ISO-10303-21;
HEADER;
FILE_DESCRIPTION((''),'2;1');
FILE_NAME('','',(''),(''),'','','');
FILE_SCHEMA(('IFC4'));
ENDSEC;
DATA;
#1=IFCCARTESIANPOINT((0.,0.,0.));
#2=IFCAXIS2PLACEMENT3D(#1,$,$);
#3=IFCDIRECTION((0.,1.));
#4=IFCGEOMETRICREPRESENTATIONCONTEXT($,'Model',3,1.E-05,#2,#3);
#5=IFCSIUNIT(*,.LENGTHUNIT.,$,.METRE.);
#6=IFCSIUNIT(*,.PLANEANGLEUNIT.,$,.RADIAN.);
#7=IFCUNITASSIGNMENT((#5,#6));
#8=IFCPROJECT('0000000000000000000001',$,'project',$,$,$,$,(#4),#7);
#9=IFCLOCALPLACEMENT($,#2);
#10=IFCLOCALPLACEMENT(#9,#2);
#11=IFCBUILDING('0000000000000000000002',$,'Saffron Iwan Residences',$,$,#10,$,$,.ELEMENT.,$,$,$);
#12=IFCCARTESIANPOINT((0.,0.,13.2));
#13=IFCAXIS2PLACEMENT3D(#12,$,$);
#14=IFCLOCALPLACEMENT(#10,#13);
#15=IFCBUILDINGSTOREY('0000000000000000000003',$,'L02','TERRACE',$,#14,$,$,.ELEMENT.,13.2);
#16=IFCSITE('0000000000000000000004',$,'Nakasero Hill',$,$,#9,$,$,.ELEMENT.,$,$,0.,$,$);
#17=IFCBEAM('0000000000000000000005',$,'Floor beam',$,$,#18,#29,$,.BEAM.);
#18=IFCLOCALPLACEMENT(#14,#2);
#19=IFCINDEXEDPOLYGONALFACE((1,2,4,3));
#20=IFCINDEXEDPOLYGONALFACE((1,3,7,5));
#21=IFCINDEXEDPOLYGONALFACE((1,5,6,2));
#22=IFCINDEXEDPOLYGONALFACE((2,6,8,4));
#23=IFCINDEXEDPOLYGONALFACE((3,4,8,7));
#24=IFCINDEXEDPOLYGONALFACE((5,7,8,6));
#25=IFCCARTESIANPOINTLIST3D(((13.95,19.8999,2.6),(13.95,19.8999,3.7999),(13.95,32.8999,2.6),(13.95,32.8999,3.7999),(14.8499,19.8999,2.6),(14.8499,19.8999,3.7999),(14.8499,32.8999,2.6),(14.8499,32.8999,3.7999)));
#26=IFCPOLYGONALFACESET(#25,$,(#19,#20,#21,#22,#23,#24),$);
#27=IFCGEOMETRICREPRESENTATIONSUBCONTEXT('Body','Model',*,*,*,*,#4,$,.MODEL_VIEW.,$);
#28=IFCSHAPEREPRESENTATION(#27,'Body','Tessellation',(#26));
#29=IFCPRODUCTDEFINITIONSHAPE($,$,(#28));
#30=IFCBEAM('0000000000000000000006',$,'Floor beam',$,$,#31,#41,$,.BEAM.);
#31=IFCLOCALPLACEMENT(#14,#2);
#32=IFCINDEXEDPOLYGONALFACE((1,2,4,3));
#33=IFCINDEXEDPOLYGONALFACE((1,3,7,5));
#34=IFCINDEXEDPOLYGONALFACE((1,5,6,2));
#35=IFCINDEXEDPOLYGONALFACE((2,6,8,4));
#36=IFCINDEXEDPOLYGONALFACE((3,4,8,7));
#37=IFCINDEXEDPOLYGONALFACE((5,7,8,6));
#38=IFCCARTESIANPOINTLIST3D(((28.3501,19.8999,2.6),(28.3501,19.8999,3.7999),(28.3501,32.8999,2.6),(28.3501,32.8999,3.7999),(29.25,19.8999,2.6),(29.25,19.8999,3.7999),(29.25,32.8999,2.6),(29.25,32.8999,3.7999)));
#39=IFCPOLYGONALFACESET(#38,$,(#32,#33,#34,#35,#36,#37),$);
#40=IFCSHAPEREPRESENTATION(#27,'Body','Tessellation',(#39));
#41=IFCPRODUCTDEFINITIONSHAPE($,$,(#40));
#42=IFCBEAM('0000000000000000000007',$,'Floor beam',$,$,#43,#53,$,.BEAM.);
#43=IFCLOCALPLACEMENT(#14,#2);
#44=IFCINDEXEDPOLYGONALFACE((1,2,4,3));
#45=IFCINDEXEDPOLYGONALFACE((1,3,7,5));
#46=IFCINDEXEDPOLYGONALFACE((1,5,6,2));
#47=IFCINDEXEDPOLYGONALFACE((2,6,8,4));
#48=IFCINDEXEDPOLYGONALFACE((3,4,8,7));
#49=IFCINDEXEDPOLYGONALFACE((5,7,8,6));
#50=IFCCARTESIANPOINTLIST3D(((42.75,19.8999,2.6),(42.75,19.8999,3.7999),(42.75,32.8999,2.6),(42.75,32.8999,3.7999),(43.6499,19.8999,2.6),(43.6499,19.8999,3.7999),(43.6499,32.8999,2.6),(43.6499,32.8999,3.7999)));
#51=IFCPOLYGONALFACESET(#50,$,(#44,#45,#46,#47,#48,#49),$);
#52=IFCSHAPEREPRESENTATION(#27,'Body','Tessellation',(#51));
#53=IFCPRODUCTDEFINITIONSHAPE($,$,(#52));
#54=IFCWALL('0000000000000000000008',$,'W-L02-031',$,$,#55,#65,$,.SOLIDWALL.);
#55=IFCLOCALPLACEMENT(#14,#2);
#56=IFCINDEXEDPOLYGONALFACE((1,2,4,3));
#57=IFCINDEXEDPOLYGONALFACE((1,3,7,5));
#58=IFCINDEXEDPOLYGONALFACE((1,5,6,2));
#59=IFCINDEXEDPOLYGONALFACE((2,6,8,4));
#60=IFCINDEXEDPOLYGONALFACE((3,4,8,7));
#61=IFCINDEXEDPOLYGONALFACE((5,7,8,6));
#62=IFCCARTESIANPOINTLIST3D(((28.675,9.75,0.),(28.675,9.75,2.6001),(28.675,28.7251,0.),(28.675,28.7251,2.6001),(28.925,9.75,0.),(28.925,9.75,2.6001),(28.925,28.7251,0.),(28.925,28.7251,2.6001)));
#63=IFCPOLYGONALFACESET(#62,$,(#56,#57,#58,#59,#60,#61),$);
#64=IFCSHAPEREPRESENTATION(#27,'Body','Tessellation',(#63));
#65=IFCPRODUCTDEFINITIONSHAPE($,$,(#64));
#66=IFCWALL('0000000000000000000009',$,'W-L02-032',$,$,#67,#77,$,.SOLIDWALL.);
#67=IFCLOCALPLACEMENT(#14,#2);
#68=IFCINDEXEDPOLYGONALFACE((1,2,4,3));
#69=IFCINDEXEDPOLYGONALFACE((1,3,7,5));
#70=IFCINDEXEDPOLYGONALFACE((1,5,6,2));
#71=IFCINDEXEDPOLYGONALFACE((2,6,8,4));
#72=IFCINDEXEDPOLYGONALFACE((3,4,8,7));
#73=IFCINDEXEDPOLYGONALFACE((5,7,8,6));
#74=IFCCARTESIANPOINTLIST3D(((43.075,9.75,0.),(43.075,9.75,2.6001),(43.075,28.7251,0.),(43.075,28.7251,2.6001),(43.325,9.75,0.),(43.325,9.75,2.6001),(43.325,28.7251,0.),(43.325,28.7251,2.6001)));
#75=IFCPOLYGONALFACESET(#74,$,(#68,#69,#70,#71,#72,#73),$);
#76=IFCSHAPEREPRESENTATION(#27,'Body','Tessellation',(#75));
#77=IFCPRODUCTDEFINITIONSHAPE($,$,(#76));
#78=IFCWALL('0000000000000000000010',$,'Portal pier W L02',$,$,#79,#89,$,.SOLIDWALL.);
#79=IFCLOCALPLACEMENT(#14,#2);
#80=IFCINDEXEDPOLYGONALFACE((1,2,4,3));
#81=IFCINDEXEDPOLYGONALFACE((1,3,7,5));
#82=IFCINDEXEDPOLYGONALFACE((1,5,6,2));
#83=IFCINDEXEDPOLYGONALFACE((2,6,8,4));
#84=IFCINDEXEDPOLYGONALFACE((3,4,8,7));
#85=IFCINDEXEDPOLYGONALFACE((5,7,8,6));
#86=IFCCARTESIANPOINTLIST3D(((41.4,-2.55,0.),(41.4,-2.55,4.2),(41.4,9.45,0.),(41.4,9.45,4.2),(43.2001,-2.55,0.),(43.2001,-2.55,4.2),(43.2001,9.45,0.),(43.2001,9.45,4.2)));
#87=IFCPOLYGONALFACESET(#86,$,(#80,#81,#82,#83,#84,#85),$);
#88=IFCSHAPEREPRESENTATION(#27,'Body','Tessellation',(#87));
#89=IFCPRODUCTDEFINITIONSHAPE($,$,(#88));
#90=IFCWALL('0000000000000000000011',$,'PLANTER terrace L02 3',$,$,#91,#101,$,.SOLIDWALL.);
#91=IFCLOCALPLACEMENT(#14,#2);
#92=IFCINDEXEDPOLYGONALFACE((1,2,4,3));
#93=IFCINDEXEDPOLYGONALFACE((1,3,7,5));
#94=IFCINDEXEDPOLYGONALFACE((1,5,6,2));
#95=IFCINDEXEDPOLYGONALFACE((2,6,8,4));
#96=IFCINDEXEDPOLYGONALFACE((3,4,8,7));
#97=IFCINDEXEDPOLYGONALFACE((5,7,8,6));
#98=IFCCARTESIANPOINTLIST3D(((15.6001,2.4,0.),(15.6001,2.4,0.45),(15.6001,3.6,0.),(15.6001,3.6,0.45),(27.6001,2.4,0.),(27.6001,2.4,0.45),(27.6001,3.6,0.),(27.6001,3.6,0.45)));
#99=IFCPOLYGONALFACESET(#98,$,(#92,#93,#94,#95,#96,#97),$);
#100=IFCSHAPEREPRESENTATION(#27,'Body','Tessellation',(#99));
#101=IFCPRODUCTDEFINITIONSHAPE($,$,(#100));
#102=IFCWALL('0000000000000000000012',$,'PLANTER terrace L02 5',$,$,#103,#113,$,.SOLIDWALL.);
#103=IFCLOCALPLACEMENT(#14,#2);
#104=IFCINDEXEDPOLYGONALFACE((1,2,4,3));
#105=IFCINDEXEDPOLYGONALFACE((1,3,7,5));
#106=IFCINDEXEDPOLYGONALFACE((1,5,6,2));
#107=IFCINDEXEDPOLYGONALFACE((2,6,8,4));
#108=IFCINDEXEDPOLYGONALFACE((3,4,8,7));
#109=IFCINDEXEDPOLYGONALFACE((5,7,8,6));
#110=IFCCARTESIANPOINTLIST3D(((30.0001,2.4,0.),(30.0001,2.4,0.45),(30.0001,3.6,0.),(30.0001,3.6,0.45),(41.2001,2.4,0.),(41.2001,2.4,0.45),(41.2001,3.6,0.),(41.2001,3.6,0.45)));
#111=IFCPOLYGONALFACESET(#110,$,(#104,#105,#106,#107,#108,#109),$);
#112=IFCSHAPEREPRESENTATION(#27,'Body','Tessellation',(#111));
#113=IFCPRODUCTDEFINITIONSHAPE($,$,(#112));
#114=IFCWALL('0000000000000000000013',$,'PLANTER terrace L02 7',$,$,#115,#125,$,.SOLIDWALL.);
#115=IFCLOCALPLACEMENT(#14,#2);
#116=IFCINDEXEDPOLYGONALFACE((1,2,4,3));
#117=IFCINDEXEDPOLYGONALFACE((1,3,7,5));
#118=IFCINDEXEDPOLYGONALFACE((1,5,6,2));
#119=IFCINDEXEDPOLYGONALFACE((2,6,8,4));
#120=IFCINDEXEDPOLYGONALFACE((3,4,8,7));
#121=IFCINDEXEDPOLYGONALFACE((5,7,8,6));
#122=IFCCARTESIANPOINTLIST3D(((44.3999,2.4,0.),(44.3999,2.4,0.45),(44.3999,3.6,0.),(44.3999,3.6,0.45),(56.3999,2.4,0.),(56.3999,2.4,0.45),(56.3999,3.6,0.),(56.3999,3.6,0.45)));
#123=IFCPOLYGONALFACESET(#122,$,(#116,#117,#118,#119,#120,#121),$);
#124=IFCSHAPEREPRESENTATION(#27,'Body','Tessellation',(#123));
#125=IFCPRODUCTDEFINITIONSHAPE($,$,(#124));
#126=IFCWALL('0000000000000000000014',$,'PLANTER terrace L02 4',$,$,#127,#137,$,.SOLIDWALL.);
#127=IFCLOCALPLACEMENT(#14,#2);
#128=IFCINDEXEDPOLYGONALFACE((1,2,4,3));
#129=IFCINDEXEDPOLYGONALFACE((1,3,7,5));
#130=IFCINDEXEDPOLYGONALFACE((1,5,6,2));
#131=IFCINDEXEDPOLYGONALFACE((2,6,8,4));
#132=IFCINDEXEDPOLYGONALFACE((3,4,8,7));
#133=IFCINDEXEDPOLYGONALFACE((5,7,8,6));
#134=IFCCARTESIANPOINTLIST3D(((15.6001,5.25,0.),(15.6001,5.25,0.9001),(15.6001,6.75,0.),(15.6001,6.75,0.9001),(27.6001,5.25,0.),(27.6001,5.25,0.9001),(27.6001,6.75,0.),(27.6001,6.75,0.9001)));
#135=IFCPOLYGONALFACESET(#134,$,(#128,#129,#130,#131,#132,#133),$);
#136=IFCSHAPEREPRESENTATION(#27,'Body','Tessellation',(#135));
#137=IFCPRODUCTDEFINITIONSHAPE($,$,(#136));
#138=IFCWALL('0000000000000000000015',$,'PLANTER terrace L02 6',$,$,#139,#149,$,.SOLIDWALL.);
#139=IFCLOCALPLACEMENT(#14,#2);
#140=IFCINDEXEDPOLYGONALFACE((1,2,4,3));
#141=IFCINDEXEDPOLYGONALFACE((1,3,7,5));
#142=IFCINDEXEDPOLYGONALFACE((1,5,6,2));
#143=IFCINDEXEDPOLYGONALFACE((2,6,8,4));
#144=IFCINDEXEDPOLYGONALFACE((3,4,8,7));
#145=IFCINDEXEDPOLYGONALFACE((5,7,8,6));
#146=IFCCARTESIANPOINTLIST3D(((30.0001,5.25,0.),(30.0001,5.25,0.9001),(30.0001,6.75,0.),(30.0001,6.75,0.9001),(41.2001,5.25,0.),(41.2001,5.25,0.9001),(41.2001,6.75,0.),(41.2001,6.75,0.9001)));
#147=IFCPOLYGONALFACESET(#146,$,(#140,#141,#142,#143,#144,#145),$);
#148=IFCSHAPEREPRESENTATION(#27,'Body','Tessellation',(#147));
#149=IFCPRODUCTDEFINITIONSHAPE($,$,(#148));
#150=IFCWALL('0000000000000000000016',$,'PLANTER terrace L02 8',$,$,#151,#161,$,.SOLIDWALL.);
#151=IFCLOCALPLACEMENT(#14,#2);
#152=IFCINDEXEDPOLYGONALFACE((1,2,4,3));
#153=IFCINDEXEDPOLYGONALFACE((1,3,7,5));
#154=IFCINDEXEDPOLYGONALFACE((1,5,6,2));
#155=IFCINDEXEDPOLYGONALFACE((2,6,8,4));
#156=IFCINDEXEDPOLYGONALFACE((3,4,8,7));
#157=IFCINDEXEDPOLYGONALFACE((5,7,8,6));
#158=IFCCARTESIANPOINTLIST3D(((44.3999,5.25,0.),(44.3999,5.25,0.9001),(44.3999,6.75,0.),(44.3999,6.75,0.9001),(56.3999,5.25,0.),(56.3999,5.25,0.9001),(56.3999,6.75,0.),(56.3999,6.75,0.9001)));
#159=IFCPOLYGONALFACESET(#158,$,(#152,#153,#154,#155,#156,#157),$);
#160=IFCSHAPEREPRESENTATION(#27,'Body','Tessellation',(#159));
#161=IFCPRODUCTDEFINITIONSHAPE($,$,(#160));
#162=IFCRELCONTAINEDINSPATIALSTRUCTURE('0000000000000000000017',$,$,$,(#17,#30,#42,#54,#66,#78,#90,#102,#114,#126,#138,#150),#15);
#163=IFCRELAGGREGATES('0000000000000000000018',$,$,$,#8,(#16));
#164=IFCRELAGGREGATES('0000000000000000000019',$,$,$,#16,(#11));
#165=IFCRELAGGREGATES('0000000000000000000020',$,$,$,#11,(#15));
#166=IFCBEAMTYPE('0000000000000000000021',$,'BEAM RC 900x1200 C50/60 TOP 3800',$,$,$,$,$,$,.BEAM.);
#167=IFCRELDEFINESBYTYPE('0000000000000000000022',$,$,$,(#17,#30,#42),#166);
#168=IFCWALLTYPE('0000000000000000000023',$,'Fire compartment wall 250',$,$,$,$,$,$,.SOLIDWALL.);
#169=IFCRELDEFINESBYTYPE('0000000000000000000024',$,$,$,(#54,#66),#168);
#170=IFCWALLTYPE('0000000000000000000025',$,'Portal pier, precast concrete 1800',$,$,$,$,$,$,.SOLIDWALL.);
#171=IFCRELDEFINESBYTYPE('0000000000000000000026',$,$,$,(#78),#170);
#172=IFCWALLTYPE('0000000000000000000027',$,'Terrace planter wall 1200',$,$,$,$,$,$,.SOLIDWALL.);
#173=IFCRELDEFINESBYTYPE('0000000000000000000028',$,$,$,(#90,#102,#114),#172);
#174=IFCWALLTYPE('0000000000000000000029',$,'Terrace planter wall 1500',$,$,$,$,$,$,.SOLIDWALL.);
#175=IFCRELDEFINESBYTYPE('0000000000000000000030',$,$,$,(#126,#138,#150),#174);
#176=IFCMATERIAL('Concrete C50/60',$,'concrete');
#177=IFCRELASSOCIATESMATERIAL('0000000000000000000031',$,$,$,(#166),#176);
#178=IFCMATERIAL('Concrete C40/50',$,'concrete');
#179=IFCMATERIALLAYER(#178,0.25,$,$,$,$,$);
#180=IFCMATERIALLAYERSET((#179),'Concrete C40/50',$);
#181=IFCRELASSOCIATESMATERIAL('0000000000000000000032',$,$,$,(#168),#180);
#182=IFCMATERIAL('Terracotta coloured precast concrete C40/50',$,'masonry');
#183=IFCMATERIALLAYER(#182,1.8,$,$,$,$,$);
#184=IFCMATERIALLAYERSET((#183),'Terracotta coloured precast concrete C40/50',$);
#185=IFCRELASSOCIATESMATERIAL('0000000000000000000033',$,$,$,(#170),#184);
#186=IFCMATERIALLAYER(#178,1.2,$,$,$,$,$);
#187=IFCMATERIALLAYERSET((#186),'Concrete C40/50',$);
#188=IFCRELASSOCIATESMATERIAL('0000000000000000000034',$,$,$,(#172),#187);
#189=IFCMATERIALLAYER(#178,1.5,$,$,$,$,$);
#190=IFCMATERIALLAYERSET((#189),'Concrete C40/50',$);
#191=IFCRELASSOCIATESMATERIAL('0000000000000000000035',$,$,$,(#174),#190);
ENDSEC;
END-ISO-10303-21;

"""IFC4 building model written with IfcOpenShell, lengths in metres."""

from ifc_helpers import new_model, si_unit, direction, frame, frame_2d, origin, origin_2d, place, context, subcontext, project, spatial, rectangle, extrude, source, transform, mapped, material, layer, layer_set, material_profile, profile_set, type_object, element, save


model = new_model("IFC4")

# Units and contexts
model_context = context("Model", 3, precision=1e-05, world=origin(), true_north=direction((0.0, 1.0)))
body_context = subcontext(model_context, "Body", "Model", "MODEL_VIEW")
ifc_project = project(units=[si_unit("LENGTHUNIT", "METRE"), si_unit("PLANEANGLEUNIT", "RADIAN")], contexts=[model_context])

# Site, building, storey
site_placement = place(None, origin())
site = spatial("IfcSite", under=ifc_project, at=site_placement, Name="Nakasero Hill", CompositionType="ELEMENT", RefElevation=0.0)
building_placement = place(site_placement, origin())
building = spatial("IfcBuilding", under=site, at=building_placement, Name="Saffron Iwan Residences", CompositionType="ELEMENT")
storey_placement = place(building_placement, frame((0.0, 0.0, 13.2)))
storey = spatial("IfcBuildingStorey", under=building, at=storey_placement, Name="L02", Description="TERRACE", CompositionType="ELEMENT", Elevation=13.2)

# Shared definitions
ifc_material_1 = material(Name="Concrete C50/60", Category="concrete")

# Beams
ifc_material_profile_1 = material_profile(ifc_material_1, rectangle(XDim=0.8999, YDim=1.2, at=origin_2d()), Name="RC 900x1200")
ifc_profile_set_1 = profile_set([ifc_material_profile_1], Name="Concrete C50/60")
beam_type_1 = type_object("IfcBeamType", Name="BEAM RC 900x1200 C50/60 TOP 3800", PredefinedType="BEAM", material=ifc_profile_set_1)
shared_shape_1 = source(origin(), body_context, "Body", "SweptSolid", [
    extrude(rectangle(XDim=0.8999, YDim=1.2, at=origin_2d()), origin(), (0.0, 0.0, 1.0), 13.0),
])
for number, where, z_axis, x_axis, name in (
    (1, (14.3999, 19.8999, 3.2), (0.0, 1.0, 0.0), (-1.0, 0.0, 0.0), "Floor beam"),
    (2, (28.8, 19.8999, 3.2), (0.0, 1.0, 0.0), (-1.0, 0.0, 0.0), "Floor beam"),
    (3, (43.2, 19.8999, 3.2), (0.0, 1.0, 0.0), (-1.0, 0.0, 0.0), "Floor beam"),
):
    element("IfcBeam", number, at=place(storey_placement, frame(where, z_axis=z_axis, x_axis=x_axis)), inside=storey, type_object=beam_type_1, Name=name, PredefinedType="BEAM", context=body_context, shape_type="MappedRepresentation", body=[
        mapped(shared_shape_1, transform((0.0, 0.0, 0.0))),
    ])

# Walls
ifc_material_2 = material(Name="Concrete C40/50", Category="concrete")
ifc_layer_1 = layer(ifc_material_2, 0.25)
ifc_layer_set_1 = layer_set([ifc_layer_1], Name="Concrete C40/50")
wall_type_1 = type_object("IfcWallType", Name="Fire compartment wall 250", PredefinedType="SOLIDWALL", material=ifc_layer_set_1)
for number, where, z_axis, x_axis, name in (
    (4, (28.8, 9.75, 0.0), (0.0, 0.0, 1.0), (0.0, 1.0, 0.0), "W-L02-031"),
    (5, (43.2, 9.75, 0.0), (0.0, 0.0, 1.0), (0.0, 1.0, 0.0), "W-L02-032"),
):
    element("IfcWall", number, at=place(storey_placement, frame(where, z_axis=z_axis, x_axis=x_axis)), inside=storey, type_object=wall_type_1, Name=name, PredefinedType="SOLIDWALL", context=body_context, shape_type="SweptSolid", body=[
        extrude(rectangle(XDim=18.9751, YDim=0.25, at=frame_2d((9.4875, 0.0))), origin(), (0.0, 0.0, 1.0), 2.6001),
    ])
ifc_material_3 = material(Name="Terracotta coloured precast concrete C40/50", Category="masonry")
ifc_layer_2 = layer(ifc_material_3, 1.8)
ifc_layer_set_2 = layer_set([ifc_layer_2], Name="Terracotta coloured precast concrete C40/50")
wall_type_2 = type_object("IfcWallType", Name="Portal pier, precast concrete 1800", PredefinedType="SOLIDWALL", material=ifc_layer_set_2)
wall_1_placement = place(storey_placement, frame((42.3, -2.55, 0.0), z_axis=(0.0, 0.0, 1.0), x_axis=(0.0, 1.0, 0.0)))
element("IfcWall", 6, at=wall_1_placement, inside=storey, type_object=wall_type_2, Name="Portal pier W L02", PredefinedType="SOLIDWALL", context=body_context, shape_type="SweptSolid", body=[
    extrude(rectangle(XDim=12.0, YDim=1.8, at=frame_2d((6.0, 0.0))), origin(), (0.0, 0.0, 1.0), 4.2),
])
ifc_layer_3 = layer(ifc_material_2, 1.2)
ifc_layer_set_3 = layer_set([ifc_layer_3], Name="Concrete C40/50")
wall_type_3 = type_object("IfcWallType", Name="Terrace planter wall 1200", PredefinedType="SOLIDWALL", material=ifc_layer_set_3)
wall_2_placement = place(storey_placement, frame((15.6001, 3.0, 0.0), z_axis=(0.0, 0.0, 1.0), x_axis=(1.0, 0.0, 0.0)))
element("IfcWall", 7, at=wall_2_placement, inside=storey, type_object=wall_type_3, Name="PLANTER terrace L02 3", PredefinedType="SOLIDWALL", context=body_context, shape_type="SweptSolid", body=[
    extrude(rectangle(XDim=12.0, YDim=1.2, at=frame_2d((6.0, 0.0))), origin(), (0.0, 0.0, 1.0), 0.45),
])
wall_3_placement = place(storey_placement, frame((30.0, 3.0, 0.0), z_axis=(0.0, 0.0, 1.0), x_axis=(1.0, 0.0, 0.0)))
element("IfcWall", 8, at=wall_3_placement, inside=storey, type_object=wall_type_3, Name="PLANTER terrace L02 5", PredefinedType="SOLIDWALL", context=body_context, shape_type="SweptSolid", body=[
    extrude(rectangle(XDim=11.2, YDim=1.2, at=frame_2d((5.6001, 0.0))), origin(), (0.0, 0.0, 1.0), 0.45),
])
wall_4_placement = place(storey_placement, frame((44.3999, 3.0, 0.0), z_axis=(0.0, 0.0, 1.0), x_axis=(1.0, 0.0, 0.0)))
element("IfcWall", 9, at=wall_4_placement, inside=storey, type_object=wall_type_3, Name="PLANTER terrace L02 7", PredefinedType="SOLIDWALL", context=body_context, shape_type="SweptSolid", body=[
    extrude(rectangle(XDim=12.0, YDim=1.2, at=frame_2d((6.0, 0.0))), origin(), (0.0, 0.0, 1.0), 0.45),
])
ifc_layer_4 = layer(ifc_material_2, 1.5)
ifc_layer_set_4 = layer_set([ifc_layer_4], Name="Concrete C40/50")
wall_type_4 = type_object("IfcWallType", Name="Terrace planter wall 1500", PredefinedType="SOLIDWALL", material=ifc_layer_set_4)
wall_5_placement = place(storey_placement, frame((15.6001, 6.0, 0.0), z_axis=(0.0, 0.0, 1.0), x_axis=(1.0, 0.0, 0.0)))
element("IfcWall", 10, at=wall_5_placement, inside=storey, type_object=wall_type_4, Name="PLANTER terrace L02 4", PredefinedType="SOLIDWALL", context=body_context, shape_type="SweptSolid", body=[
    extrude(rectangle(XDim=12.0, YDim=1.5, at=frame_2d((6.0, 0.0))), origin(), (0.0, 0.0, 1.0), 0.9001),
])
wall_6_placement = place(storey_placement, frame((30.0, 6.0, 0.0), z_axis=(0.0, 0.0, 1.0), x_axis=(1.0, 0.0, 0.0)))
element("IfcWall", 11, at=wall_6_placement, inside=storey, type_object=wall_type_4, Name="PLANTER terrace L02 6", PredefinedType="SOLIDWALL", context=body_context, shape_type="SweptSolid", body=[
    extrude(rectangle(XDim=11.2, YDim=1.5, at=frame_2d((5.6001, 0.0))), origin(), (0.0, 0.0, 1.0), 0.9001),
])
wall_7_placement = place(storey_placement, frame((44.3999, 6.0, 0.0), z_axis=(0.0, 0.0, 1.0), x_axis=(1.0, 0.0, 0.0)))
element("IfcWall", 12, at=wall_7_placement, inside=storey, type_object=wall_type_4, Name="PLANTER terrace L02 8", PredefinedType="SOLIDWALL", context=body_context, shape_type="SweptSolid", body=[
    extrude(rectangle(XDim=12.0, YDim=1.5, at=frame_2d((6.0, 0.0))), origin(), (0.0, 0.0, 1.0), 0.9001),
])

save(model, "model.ifc")
